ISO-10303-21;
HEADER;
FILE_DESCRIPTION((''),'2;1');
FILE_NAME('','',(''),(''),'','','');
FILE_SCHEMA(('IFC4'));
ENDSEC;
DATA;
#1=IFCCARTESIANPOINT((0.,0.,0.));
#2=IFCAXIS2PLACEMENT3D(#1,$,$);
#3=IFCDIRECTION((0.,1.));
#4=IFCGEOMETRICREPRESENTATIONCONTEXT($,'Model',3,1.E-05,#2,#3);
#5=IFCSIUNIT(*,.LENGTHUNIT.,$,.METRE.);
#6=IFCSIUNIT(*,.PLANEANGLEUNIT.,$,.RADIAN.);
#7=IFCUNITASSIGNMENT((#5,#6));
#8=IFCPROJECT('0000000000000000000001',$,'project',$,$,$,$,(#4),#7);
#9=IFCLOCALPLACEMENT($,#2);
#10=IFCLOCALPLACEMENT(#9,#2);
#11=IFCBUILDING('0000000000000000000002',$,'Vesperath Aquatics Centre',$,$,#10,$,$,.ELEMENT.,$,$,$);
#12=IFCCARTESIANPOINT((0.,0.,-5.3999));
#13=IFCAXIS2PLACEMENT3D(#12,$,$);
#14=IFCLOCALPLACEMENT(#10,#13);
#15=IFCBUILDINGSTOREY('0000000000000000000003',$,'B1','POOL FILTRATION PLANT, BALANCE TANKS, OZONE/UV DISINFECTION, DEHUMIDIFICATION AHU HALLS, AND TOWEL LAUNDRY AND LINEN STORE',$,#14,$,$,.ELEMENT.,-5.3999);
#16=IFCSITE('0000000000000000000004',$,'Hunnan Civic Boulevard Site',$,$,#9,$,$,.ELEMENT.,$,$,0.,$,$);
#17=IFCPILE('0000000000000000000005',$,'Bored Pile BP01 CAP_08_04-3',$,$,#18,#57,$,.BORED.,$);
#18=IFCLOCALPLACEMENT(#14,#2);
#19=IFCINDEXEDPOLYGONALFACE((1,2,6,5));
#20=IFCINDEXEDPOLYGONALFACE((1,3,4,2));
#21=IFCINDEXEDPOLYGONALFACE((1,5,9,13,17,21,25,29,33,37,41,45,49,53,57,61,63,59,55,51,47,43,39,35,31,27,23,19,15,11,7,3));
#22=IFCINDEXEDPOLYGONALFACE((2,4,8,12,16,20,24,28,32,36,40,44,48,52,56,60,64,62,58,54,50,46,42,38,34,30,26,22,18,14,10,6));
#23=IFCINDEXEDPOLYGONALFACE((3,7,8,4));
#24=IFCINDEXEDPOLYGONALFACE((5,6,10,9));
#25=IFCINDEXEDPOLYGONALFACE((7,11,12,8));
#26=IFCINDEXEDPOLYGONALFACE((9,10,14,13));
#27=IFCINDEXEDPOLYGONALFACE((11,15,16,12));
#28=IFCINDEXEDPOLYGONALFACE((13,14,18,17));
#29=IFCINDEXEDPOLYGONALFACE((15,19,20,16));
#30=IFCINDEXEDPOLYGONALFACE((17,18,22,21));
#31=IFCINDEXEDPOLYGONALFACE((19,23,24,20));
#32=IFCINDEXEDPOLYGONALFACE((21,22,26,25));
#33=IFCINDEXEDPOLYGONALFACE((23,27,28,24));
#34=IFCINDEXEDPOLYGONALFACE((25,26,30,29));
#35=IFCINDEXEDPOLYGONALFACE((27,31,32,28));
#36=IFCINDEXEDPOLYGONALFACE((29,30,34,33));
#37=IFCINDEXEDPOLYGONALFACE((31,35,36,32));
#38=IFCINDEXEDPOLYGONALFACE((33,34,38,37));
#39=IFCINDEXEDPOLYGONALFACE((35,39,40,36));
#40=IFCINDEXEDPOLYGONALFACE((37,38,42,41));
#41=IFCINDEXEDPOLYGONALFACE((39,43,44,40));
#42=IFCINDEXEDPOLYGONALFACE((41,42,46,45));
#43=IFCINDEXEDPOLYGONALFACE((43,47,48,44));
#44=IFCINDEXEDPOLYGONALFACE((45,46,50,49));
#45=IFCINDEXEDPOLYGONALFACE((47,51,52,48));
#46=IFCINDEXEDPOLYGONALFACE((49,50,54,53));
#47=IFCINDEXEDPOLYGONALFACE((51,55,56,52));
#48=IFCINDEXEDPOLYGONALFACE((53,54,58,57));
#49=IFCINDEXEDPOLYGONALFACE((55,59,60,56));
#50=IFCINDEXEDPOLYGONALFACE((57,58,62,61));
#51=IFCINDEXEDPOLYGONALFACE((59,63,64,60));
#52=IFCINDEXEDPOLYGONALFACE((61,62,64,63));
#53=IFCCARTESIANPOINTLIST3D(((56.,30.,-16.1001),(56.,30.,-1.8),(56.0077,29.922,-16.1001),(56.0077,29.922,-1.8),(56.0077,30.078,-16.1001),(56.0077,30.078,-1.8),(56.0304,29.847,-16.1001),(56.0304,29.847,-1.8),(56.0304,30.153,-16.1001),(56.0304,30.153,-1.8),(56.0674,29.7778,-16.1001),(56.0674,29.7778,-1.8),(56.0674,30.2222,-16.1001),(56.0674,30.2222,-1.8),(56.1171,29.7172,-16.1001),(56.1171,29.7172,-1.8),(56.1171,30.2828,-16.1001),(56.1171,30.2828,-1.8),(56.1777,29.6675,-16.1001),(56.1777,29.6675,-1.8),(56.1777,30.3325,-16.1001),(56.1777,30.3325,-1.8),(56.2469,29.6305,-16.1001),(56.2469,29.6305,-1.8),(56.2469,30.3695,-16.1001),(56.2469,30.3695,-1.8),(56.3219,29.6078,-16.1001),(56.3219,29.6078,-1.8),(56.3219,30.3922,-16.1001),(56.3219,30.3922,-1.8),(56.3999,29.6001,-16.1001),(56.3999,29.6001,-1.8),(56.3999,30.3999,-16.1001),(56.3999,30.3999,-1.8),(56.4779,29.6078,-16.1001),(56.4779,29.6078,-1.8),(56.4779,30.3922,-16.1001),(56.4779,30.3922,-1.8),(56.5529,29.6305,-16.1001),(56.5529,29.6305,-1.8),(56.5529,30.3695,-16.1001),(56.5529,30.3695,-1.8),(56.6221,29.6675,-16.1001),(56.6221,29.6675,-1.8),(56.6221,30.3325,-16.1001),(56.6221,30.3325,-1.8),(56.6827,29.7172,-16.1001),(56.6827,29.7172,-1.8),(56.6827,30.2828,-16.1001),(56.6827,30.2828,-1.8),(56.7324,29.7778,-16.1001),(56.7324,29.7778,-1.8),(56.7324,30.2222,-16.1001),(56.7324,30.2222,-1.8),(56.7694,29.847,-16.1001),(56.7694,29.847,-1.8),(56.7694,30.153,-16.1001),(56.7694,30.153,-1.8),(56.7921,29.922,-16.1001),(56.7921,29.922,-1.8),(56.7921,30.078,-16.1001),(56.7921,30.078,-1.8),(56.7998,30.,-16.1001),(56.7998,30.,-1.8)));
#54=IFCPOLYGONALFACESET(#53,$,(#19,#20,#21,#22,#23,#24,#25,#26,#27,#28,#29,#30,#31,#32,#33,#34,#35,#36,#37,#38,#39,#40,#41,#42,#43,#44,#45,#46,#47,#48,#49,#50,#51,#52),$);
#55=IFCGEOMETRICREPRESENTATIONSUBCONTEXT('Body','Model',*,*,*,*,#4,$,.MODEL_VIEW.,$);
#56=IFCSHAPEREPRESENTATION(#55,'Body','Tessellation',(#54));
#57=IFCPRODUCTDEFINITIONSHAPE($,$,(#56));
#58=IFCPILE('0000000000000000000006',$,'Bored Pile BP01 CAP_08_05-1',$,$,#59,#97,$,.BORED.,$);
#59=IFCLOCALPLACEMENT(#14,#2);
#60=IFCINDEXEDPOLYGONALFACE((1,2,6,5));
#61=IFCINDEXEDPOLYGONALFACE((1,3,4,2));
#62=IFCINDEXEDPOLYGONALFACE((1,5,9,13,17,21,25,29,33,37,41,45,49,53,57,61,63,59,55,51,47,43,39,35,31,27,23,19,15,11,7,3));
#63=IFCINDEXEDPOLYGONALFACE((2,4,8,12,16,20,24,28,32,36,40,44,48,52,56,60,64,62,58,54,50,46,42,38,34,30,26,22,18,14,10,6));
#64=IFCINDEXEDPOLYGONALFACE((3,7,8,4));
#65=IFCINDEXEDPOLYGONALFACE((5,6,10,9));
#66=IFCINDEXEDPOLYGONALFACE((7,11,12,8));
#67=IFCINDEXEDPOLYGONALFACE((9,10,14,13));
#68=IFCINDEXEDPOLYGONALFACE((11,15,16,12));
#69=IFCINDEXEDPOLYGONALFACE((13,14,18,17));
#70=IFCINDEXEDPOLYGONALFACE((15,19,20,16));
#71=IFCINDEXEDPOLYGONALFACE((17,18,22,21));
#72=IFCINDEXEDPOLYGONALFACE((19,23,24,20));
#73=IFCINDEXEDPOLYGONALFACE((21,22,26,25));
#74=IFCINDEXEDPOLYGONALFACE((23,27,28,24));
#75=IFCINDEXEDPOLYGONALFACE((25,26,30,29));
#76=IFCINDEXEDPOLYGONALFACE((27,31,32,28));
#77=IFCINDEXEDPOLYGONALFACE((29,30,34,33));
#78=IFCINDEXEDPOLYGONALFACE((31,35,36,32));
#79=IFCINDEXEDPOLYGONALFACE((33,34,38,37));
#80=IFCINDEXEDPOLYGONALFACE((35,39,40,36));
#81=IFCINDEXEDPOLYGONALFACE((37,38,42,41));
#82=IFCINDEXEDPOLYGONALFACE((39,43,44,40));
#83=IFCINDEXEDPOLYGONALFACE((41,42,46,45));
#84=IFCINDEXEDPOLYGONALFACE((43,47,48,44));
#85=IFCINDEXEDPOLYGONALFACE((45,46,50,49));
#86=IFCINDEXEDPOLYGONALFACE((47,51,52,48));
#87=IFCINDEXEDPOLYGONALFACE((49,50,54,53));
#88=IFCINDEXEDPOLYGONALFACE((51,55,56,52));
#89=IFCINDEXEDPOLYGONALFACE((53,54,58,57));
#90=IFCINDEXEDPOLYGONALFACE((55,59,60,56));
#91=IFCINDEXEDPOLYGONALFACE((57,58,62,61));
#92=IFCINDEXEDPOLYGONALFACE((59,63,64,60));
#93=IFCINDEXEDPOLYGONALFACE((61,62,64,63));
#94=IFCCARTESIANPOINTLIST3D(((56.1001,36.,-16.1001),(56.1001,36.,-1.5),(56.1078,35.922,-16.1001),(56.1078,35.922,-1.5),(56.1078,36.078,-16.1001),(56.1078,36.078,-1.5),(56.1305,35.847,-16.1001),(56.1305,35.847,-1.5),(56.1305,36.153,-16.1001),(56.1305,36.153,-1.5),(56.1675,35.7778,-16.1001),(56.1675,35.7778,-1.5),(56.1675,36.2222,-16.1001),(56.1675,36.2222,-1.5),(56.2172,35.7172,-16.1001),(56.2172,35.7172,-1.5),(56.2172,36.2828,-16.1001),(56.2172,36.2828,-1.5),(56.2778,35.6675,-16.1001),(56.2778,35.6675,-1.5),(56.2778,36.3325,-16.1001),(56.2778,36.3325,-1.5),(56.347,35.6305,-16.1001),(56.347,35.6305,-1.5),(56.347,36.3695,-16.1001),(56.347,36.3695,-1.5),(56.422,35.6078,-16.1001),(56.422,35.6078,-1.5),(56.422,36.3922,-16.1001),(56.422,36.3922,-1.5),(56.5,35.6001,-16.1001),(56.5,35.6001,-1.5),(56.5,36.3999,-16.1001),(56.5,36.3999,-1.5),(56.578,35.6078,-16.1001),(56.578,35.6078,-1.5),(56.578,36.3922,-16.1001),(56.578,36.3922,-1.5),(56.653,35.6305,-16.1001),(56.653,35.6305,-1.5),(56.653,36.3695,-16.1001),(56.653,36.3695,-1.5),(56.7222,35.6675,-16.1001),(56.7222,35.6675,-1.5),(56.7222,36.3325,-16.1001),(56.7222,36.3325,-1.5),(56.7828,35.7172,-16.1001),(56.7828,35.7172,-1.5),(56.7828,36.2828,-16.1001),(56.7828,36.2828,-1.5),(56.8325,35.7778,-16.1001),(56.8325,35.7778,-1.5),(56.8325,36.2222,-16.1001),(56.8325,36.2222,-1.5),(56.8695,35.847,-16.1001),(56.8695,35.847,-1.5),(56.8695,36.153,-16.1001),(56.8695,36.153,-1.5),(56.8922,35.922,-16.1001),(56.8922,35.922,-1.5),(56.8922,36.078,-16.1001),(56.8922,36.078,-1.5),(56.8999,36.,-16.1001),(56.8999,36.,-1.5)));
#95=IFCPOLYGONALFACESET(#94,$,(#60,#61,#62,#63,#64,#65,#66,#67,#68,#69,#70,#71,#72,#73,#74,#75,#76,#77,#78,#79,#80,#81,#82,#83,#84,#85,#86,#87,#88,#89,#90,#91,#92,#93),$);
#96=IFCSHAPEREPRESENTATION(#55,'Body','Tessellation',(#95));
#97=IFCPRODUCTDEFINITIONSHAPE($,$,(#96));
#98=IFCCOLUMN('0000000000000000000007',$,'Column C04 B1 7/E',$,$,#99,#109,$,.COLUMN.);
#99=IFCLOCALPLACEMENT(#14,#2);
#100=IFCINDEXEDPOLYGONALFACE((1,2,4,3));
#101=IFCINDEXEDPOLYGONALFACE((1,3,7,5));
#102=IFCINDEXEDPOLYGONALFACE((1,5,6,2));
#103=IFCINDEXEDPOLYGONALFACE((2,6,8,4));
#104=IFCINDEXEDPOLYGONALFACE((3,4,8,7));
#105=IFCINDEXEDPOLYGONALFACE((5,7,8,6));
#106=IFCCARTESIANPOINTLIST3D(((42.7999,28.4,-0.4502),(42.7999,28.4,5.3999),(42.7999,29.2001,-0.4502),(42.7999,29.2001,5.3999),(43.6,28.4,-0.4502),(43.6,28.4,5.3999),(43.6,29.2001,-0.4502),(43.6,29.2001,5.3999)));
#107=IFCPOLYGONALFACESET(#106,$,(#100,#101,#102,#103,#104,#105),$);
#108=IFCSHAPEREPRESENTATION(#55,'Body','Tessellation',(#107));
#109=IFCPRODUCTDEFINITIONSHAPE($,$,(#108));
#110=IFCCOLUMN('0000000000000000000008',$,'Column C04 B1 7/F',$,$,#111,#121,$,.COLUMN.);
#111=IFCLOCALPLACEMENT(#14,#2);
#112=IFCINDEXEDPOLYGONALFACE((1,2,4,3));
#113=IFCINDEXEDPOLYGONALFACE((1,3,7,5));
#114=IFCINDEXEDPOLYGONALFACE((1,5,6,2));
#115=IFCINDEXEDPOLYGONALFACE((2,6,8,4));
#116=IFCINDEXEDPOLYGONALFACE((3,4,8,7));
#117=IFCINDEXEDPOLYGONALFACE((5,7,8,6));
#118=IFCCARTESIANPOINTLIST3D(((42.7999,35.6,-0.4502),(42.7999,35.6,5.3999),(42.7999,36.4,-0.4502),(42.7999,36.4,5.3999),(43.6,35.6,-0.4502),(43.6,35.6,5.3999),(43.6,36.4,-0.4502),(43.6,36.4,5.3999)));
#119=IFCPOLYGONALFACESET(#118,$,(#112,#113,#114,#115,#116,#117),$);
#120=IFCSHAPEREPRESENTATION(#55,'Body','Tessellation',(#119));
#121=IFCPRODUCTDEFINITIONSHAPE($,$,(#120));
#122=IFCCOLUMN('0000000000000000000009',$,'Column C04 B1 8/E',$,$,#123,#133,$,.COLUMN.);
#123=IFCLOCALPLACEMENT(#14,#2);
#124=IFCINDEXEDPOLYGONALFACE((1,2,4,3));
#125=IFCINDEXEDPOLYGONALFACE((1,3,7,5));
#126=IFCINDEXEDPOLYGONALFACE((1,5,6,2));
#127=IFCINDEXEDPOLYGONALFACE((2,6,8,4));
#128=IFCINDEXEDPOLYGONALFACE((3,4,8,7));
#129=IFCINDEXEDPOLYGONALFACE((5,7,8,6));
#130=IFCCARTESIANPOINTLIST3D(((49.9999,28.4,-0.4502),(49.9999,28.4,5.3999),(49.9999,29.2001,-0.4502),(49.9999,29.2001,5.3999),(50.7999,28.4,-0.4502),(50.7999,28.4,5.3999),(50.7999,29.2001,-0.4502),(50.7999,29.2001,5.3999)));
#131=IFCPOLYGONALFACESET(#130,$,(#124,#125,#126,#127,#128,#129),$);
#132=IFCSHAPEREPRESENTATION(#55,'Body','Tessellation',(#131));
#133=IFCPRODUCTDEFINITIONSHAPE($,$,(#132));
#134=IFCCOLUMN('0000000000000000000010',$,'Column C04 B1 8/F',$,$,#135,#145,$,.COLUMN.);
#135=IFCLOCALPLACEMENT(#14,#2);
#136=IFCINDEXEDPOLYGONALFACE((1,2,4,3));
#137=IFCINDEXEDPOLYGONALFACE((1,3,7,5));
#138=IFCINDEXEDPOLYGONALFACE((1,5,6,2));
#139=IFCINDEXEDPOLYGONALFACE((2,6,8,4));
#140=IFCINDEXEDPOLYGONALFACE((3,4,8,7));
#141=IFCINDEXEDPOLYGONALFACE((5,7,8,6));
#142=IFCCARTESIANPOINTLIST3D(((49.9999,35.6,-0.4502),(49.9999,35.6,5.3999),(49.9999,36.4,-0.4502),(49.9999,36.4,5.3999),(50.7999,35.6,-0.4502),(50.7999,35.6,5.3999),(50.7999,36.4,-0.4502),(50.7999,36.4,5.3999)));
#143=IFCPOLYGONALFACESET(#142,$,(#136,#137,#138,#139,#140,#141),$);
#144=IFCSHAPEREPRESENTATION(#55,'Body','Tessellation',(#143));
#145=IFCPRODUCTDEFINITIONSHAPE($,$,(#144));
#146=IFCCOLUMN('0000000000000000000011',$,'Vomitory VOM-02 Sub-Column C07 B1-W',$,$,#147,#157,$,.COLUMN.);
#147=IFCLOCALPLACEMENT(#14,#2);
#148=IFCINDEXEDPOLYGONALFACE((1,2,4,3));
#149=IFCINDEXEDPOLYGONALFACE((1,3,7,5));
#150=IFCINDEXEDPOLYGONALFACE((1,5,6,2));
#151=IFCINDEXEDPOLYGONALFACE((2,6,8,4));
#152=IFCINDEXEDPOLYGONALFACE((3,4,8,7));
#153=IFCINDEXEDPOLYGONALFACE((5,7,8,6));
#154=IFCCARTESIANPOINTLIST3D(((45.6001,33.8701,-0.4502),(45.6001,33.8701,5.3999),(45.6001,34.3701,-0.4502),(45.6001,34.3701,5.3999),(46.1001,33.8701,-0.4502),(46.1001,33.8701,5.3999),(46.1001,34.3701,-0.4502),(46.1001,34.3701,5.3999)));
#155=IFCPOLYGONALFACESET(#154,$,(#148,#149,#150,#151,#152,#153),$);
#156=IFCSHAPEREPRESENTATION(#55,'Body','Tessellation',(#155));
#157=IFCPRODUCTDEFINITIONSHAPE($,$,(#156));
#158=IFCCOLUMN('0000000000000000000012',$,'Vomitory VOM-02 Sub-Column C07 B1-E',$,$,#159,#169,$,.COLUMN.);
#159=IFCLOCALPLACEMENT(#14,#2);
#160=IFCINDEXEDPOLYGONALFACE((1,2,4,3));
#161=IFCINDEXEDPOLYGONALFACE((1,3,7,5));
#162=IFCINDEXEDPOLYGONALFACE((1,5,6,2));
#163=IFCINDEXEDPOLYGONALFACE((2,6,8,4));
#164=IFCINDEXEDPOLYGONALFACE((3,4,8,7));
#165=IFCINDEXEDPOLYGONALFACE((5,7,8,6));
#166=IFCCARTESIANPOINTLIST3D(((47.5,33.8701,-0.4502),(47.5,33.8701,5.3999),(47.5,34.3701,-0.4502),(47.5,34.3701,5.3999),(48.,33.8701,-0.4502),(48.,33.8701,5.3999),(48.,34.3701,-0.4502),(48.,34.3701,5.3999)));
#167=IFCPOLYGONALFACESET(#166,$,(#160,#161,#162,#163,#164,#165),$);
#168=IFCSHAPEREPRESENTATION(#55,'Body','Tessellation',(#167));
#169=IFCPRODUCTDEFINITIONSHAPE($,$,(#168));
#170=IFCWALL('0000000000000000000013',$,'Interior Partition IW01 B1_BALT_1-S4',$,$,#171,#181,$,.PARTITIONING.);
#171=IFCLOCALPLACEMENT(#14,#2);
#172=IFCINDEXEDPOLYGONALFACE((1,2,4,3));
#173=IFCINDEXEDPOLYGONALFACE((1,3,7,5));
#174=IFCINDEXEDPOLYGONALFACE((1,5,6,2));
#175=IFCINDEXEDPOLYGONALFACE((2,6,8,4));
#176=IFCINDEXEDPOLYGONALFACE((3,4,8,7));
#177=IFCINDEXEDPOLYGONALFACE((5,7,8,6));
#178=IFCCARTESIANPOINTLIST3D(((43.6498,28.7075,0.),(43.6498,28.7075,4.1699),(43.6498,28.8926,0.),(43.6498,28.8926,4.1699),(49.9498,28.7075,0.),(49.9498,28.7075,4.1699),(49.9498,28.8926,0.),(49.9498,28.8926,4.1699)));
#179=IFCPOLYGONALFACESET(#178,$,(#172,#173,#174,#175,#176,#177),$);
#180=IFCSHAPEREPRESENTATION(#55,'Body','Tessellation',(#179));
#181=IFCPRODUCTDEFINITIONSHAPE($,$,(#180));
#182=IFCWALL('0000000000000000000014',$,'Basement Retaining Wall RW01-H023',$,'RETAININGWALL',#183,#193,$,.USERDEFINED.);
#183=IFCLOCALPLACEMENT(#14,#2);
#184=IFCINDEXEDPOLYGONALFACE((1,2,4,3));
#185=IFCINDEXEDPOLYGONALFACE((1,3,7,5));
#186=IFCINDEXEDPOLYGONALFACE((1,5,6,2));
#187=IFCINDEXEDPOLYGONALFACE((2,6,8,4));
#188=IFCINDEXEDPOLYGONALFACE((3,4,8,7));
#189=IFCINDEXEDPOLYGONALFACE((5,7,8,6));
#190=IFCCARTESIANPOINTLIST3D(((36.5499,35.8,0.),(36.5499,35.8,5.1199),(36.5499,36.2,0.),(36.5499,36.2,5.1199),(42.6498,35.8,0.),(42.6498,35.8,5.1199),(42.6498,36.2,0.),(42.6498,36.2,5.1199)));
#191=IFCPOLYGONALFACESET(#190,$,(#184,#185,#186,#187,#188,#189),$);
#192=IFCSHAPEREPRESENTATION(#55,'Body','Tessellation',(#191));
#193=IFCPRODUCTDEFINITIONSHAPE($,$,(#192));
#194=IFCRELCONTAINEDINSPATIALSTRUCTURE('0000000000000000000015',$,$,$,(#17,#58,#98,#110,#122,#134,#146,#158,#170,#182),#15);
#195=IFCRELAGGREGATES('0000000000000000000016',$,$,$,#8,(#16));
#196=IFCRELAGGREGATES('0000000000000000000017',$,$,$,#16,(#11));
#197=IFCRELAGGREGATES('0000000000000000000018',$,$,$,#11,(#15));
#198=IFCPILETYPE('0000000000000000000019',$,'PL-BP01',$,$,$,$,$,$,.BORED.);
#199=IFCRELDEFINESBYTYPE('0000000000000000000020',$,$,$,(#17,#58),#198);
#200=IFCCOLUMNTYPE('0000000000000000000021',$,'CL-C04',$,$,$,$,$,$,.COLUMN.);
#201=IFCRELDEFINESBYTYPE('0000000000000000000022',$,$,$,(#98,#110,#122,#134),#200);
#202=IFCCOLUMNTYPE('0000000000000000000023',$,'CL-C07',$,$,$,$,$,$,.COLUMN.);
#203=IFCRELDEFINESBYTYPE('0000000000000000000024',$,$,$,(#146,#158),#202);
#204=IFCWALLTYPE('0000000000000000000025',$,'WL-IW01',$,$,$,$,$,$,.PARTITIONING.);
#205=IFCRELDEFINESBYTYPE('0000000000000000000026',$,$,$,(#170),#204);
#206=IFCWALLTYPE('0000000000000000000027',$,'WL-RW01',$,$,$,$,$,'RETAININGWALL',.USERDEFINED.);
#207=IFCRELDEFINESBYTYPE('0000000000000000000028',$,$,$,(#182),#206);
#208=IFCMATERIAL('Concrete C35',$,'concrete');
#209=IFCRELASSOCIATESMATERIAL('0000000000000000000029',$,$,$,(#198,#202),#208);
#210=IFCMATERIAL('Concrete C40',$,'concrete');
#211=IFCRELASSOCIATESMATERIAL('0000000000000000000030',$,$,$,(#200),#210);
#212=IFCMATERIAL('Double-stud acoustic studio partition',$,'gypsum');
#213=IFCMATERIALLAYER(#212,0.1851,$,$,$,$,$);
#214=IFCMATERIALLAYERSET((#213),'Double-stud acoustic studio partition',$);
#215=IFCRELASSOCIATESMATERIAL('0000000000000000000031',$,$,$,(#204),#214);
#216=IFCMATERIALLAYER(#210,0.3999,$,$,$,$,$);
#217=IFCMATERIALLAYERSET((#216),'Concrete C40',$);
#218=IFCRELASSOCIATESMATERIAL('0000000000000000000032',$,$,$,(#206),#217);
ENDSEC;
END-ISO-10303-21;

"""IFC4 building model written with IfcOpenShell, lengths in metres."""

from ifc_helpers import new_model, si_unit, direction, frame, frame_2d, origin, origin_2d, place, context, subcontext, project, spatial, rectangle, circle, extrude, material, layer, layer_set, material_profile, profile_set, type_object, element, save


model = new_model("IFC4")

# Units and contexts
model_context = context("Model", 3, precision=1e-05, world=origin(), true_north=direction((0.0, 1.0)))
body_context = subcontext(model_context, "Body", "Model", "MODEL_VIEW")
ifc_project = project(units=[si_unit("LENGTHUNIT", "METRE"), si_unit("PLANEANGLEUNIT", "RADIAN")], contexts=[model_context])

# Site, building, storey
site_placement = place(None, origin())
site = spatial("IfcSite", under=ifc_project, at=site_placement, Name="Hunnan Civic Boulevard Site", CompositionType="ELEMENT", RefElevation=0.0)
building_placement = place(site_placement, origin())
building = spatial("IfcBuilding", under=site, at=building_placement, Name="Vesperath Aquatics Centre", CompositionType="ELEMENT")
storey_placement = place(building_placement, frame((0.0, 0.0, -5.3999)))
storey = spatial("IfcBuildingStorey", under=building, at=storey_placement, Name="B1", Description="POOL FILTRATION PLANT, BALANCE TANKS, OZONE/UV DISINFECTION, DEHUMIDIFICATION AHU HALLS, AND TOWEL LAUNDRY AND LINEN STORE", CompositionType="ELEMENT", Elevation=-5.3999)

# Shared definitions
ifc_material_1 = material(Name="Concrete C40", Category="concrete")

# Piles
ifc_material_2 = material(Name="Concrete C35", Category="concrete")
ifc_material_profile_1 = material_profile(ifc_material_2, circle(Radius=0.3999, at=origin_2d()), Name="PILE D800")
ifc_profile_set_1 = profile_set([ifc_material_profile_1], Name="Concrete C35")
pile_type = type_object("IfcPileType", Name="PL-BP01", PredefinedType="BORED", material=ifc_profile_set_1)
pile_1_placement = place(storey_placement, frame((56.3999, 30.0, -1.8), z_axis=(0.0, 0.0, -1.0), x_axis=(1.0, 0.0, 0.0)))
element("IfcPile", 1, at=pile_1_placement, inside=storey, type_object=pile_type, Name="Bored Pile BP01 CAP_08_04-3", PredefinedType="BORED", context=body_context, shape_type="SweptSolid", body=[
    extrude(circle(Radius=0.3999, at=origin_2d()), origin(), (0.0, 0.0, 1.0), 14.3),
])
pile_2_placement = place(storey_placement, frame((56.5, 36.0, -1.5), z_axis=(0.0, 0.0, -1.0), x_axis=(1.0, 0.0, 0.0)))
element("IfcPile", 2, at=pile_2_placement, inside=storey, type_object=pile_type, Name="Bored Pile BP01 CAP_08_05-1", PredefinedType="BORED", context=body_context, shape_type="SweptSolid", body=[
    extrude(circle(Radius=0.3999, at=origin_2d()), origin(), (0.0, 0.0, 1.0), 14.6001),
])

# Columns
ifc_material_profile_2 = material_profile(ifc_material_1, rectangle(XDim=0.8, YDim=0.8, at=origin_2d()), Name="RC 800x800")
ifc_profile_set_2 = profile_set([ifc_material_profile_2], Name="Concrete C40")
column_type_1 = type_object("IfcColumnType", Name="CL-C04", PredefinedType="COLUMN", material=ifc_profile_set_2)
for number, where, z_axis, x_axis, name in (
    (3, (43.2, 28.8, -0.4502), (0.0, 0.0, 1.0), (1.0, 0.0, 0.0), "Column C04 B1 7/E"),
    (4, (43.2, 36.0, -0.4502), (0.0, 0.0, 1.0), (1.0, 0.0, 0.0), "Column C04 B1 7/F"),
    (5, (50.3999, 28.8, -0.4502), (0.0, 0.0, 1.0), (1.0, 0.0, 0.0), "Column C04 B1 8/E"),
    (6, (50.3999, 36.0, -0.4502), (0.0, 0.0, 1.0), (1.0, 0.0, 0.0), "Column C04 B1 8/F"),
):
    element("IfcColumn", number, at=place(storey_placement, frame(where, z_axis=z_axis, x_axis=x_axis)), inside=storey, type_object=column_type_1, Name=name, PredefinedType="COLUMN", context=body_context, shape_type="SweptSolid", body=[
        extrude(rectangle(XDim=0.8, YDim=0.8, at=origin_2d()), origin(), (0.0, 0.0, 1.0), 5.8501),
    ])
ifc_material_profile_3 = material_profile(ifc_material_2, rectangle(XDim=0.5, YDim=0.5, at=origin_2d()), Name="RC 500x500")
ifc_profile_set_3 = profile_set([ifc_material_profile_3], Name="Concrete C35")
column_type_2 = type_object("IfcColumnType", Name="CL-C07", PredefinedType="COLUMN", material=ifc_profile_set_3)
for number, where, z_axis, x_axis, name in (
    (7, (45.8501, 34.1201, -0.4502), (0.0, 0.0, 1.0), (1.0, 0.0, 0.0), "Vomitory VOM-02 Sub-Column C07 B1-W"),
    (8, (47.75, 34.1201, -0.4502), (0.0, 0.0, 1.0), (1.0, 0.0, 0.0), "Vomitory VOM-02 Sub-Column C07 B1-E"),
):
    element("IfcColumn", number, at=place(storey_placement, frame(where, z_axis=z_axis, x_axis=x_axis)), inside=storey, type_object=column_type_2, Name=name, PredefinedType="COLUMN", context=body_context, shape_type="SweptSolid", body=[
        extrude(rectangle(XDim=0.5, YDim=0.5, at=origin_2d()), origin(), (0.0, 0.0, 1.0), 5.8501),
    ])

# Walls
ifc_material_3 = material(Name="Double-stud acoustic studio partition", Category="gypsum")
ifc_layer_1 = layer(ifc_material_3, 0.1851)
ifc_layer_set_1 = layer_set([ifc_layer_1], Name="Double-stud acoustic studio partition")
wall_type_1 = type_object("IfcWallType", Name="WL-IW01", PredefinedType="PARTITIONING", material=ifc_layer_set_1)
wall_1_placement = place(storey_placement, frame((43.6499, 28.8, 0.0), z_axis=(0.0, 0.0, 1.0), x_axis=(1.0, 0.0, 0.0)))
element("IfcWall", 9, at=wall_1_placement, inside=storey, type_object=wall_type_1, Name="Interior Partition IW01 B1_BALT_1-S4", PredefinedType="PARTITIONING", context=body_context, shape_type="SweptSolid", body=[
    extrude(rectangle(XDim=6.3, YDim=0.1851, at=frame_2d((3.1499, 0.0))), origin(), (0.0, 0.0, 1.0), 4.1699),
])
ifc_layer_2 = layer(ifc_material_1, 0.3999)
ifc_layer_set_2 = layer_set([ifc_layer_2], Name="Concrete C40")
wall_type_2 = type_object("IfcWallType", Name="WL-RW01", ElementType="RETAININGWALL", PredefinedType="USERDEFINED", material=ifc_layer_set_2)
wall_2_placement = place(storey_placement, frame((36.55, 36.0, 0.0), z_axis=(0.0, 0.0, 1.0), x_axis=(1.0, 0.0, 0.0)))
element("IfcWall", 10, at=wall_2_placement, inside=storey, type_object=wall_type_2, Name="Basement Retaining Wall RW01-H023", ObjectType="RETAININGWALL", PredefinedType="USERDEFINED", context=body_context, shape_type="SweptSolid", body=[
    extrude(rectangle(XDim=6.0999, YDim=0.3999, at=frame_2d((3.0498, 0.0))), origin(), (0.0, 0.0, 1.0), 5.1199),
])

save(model, "model.ifc")
